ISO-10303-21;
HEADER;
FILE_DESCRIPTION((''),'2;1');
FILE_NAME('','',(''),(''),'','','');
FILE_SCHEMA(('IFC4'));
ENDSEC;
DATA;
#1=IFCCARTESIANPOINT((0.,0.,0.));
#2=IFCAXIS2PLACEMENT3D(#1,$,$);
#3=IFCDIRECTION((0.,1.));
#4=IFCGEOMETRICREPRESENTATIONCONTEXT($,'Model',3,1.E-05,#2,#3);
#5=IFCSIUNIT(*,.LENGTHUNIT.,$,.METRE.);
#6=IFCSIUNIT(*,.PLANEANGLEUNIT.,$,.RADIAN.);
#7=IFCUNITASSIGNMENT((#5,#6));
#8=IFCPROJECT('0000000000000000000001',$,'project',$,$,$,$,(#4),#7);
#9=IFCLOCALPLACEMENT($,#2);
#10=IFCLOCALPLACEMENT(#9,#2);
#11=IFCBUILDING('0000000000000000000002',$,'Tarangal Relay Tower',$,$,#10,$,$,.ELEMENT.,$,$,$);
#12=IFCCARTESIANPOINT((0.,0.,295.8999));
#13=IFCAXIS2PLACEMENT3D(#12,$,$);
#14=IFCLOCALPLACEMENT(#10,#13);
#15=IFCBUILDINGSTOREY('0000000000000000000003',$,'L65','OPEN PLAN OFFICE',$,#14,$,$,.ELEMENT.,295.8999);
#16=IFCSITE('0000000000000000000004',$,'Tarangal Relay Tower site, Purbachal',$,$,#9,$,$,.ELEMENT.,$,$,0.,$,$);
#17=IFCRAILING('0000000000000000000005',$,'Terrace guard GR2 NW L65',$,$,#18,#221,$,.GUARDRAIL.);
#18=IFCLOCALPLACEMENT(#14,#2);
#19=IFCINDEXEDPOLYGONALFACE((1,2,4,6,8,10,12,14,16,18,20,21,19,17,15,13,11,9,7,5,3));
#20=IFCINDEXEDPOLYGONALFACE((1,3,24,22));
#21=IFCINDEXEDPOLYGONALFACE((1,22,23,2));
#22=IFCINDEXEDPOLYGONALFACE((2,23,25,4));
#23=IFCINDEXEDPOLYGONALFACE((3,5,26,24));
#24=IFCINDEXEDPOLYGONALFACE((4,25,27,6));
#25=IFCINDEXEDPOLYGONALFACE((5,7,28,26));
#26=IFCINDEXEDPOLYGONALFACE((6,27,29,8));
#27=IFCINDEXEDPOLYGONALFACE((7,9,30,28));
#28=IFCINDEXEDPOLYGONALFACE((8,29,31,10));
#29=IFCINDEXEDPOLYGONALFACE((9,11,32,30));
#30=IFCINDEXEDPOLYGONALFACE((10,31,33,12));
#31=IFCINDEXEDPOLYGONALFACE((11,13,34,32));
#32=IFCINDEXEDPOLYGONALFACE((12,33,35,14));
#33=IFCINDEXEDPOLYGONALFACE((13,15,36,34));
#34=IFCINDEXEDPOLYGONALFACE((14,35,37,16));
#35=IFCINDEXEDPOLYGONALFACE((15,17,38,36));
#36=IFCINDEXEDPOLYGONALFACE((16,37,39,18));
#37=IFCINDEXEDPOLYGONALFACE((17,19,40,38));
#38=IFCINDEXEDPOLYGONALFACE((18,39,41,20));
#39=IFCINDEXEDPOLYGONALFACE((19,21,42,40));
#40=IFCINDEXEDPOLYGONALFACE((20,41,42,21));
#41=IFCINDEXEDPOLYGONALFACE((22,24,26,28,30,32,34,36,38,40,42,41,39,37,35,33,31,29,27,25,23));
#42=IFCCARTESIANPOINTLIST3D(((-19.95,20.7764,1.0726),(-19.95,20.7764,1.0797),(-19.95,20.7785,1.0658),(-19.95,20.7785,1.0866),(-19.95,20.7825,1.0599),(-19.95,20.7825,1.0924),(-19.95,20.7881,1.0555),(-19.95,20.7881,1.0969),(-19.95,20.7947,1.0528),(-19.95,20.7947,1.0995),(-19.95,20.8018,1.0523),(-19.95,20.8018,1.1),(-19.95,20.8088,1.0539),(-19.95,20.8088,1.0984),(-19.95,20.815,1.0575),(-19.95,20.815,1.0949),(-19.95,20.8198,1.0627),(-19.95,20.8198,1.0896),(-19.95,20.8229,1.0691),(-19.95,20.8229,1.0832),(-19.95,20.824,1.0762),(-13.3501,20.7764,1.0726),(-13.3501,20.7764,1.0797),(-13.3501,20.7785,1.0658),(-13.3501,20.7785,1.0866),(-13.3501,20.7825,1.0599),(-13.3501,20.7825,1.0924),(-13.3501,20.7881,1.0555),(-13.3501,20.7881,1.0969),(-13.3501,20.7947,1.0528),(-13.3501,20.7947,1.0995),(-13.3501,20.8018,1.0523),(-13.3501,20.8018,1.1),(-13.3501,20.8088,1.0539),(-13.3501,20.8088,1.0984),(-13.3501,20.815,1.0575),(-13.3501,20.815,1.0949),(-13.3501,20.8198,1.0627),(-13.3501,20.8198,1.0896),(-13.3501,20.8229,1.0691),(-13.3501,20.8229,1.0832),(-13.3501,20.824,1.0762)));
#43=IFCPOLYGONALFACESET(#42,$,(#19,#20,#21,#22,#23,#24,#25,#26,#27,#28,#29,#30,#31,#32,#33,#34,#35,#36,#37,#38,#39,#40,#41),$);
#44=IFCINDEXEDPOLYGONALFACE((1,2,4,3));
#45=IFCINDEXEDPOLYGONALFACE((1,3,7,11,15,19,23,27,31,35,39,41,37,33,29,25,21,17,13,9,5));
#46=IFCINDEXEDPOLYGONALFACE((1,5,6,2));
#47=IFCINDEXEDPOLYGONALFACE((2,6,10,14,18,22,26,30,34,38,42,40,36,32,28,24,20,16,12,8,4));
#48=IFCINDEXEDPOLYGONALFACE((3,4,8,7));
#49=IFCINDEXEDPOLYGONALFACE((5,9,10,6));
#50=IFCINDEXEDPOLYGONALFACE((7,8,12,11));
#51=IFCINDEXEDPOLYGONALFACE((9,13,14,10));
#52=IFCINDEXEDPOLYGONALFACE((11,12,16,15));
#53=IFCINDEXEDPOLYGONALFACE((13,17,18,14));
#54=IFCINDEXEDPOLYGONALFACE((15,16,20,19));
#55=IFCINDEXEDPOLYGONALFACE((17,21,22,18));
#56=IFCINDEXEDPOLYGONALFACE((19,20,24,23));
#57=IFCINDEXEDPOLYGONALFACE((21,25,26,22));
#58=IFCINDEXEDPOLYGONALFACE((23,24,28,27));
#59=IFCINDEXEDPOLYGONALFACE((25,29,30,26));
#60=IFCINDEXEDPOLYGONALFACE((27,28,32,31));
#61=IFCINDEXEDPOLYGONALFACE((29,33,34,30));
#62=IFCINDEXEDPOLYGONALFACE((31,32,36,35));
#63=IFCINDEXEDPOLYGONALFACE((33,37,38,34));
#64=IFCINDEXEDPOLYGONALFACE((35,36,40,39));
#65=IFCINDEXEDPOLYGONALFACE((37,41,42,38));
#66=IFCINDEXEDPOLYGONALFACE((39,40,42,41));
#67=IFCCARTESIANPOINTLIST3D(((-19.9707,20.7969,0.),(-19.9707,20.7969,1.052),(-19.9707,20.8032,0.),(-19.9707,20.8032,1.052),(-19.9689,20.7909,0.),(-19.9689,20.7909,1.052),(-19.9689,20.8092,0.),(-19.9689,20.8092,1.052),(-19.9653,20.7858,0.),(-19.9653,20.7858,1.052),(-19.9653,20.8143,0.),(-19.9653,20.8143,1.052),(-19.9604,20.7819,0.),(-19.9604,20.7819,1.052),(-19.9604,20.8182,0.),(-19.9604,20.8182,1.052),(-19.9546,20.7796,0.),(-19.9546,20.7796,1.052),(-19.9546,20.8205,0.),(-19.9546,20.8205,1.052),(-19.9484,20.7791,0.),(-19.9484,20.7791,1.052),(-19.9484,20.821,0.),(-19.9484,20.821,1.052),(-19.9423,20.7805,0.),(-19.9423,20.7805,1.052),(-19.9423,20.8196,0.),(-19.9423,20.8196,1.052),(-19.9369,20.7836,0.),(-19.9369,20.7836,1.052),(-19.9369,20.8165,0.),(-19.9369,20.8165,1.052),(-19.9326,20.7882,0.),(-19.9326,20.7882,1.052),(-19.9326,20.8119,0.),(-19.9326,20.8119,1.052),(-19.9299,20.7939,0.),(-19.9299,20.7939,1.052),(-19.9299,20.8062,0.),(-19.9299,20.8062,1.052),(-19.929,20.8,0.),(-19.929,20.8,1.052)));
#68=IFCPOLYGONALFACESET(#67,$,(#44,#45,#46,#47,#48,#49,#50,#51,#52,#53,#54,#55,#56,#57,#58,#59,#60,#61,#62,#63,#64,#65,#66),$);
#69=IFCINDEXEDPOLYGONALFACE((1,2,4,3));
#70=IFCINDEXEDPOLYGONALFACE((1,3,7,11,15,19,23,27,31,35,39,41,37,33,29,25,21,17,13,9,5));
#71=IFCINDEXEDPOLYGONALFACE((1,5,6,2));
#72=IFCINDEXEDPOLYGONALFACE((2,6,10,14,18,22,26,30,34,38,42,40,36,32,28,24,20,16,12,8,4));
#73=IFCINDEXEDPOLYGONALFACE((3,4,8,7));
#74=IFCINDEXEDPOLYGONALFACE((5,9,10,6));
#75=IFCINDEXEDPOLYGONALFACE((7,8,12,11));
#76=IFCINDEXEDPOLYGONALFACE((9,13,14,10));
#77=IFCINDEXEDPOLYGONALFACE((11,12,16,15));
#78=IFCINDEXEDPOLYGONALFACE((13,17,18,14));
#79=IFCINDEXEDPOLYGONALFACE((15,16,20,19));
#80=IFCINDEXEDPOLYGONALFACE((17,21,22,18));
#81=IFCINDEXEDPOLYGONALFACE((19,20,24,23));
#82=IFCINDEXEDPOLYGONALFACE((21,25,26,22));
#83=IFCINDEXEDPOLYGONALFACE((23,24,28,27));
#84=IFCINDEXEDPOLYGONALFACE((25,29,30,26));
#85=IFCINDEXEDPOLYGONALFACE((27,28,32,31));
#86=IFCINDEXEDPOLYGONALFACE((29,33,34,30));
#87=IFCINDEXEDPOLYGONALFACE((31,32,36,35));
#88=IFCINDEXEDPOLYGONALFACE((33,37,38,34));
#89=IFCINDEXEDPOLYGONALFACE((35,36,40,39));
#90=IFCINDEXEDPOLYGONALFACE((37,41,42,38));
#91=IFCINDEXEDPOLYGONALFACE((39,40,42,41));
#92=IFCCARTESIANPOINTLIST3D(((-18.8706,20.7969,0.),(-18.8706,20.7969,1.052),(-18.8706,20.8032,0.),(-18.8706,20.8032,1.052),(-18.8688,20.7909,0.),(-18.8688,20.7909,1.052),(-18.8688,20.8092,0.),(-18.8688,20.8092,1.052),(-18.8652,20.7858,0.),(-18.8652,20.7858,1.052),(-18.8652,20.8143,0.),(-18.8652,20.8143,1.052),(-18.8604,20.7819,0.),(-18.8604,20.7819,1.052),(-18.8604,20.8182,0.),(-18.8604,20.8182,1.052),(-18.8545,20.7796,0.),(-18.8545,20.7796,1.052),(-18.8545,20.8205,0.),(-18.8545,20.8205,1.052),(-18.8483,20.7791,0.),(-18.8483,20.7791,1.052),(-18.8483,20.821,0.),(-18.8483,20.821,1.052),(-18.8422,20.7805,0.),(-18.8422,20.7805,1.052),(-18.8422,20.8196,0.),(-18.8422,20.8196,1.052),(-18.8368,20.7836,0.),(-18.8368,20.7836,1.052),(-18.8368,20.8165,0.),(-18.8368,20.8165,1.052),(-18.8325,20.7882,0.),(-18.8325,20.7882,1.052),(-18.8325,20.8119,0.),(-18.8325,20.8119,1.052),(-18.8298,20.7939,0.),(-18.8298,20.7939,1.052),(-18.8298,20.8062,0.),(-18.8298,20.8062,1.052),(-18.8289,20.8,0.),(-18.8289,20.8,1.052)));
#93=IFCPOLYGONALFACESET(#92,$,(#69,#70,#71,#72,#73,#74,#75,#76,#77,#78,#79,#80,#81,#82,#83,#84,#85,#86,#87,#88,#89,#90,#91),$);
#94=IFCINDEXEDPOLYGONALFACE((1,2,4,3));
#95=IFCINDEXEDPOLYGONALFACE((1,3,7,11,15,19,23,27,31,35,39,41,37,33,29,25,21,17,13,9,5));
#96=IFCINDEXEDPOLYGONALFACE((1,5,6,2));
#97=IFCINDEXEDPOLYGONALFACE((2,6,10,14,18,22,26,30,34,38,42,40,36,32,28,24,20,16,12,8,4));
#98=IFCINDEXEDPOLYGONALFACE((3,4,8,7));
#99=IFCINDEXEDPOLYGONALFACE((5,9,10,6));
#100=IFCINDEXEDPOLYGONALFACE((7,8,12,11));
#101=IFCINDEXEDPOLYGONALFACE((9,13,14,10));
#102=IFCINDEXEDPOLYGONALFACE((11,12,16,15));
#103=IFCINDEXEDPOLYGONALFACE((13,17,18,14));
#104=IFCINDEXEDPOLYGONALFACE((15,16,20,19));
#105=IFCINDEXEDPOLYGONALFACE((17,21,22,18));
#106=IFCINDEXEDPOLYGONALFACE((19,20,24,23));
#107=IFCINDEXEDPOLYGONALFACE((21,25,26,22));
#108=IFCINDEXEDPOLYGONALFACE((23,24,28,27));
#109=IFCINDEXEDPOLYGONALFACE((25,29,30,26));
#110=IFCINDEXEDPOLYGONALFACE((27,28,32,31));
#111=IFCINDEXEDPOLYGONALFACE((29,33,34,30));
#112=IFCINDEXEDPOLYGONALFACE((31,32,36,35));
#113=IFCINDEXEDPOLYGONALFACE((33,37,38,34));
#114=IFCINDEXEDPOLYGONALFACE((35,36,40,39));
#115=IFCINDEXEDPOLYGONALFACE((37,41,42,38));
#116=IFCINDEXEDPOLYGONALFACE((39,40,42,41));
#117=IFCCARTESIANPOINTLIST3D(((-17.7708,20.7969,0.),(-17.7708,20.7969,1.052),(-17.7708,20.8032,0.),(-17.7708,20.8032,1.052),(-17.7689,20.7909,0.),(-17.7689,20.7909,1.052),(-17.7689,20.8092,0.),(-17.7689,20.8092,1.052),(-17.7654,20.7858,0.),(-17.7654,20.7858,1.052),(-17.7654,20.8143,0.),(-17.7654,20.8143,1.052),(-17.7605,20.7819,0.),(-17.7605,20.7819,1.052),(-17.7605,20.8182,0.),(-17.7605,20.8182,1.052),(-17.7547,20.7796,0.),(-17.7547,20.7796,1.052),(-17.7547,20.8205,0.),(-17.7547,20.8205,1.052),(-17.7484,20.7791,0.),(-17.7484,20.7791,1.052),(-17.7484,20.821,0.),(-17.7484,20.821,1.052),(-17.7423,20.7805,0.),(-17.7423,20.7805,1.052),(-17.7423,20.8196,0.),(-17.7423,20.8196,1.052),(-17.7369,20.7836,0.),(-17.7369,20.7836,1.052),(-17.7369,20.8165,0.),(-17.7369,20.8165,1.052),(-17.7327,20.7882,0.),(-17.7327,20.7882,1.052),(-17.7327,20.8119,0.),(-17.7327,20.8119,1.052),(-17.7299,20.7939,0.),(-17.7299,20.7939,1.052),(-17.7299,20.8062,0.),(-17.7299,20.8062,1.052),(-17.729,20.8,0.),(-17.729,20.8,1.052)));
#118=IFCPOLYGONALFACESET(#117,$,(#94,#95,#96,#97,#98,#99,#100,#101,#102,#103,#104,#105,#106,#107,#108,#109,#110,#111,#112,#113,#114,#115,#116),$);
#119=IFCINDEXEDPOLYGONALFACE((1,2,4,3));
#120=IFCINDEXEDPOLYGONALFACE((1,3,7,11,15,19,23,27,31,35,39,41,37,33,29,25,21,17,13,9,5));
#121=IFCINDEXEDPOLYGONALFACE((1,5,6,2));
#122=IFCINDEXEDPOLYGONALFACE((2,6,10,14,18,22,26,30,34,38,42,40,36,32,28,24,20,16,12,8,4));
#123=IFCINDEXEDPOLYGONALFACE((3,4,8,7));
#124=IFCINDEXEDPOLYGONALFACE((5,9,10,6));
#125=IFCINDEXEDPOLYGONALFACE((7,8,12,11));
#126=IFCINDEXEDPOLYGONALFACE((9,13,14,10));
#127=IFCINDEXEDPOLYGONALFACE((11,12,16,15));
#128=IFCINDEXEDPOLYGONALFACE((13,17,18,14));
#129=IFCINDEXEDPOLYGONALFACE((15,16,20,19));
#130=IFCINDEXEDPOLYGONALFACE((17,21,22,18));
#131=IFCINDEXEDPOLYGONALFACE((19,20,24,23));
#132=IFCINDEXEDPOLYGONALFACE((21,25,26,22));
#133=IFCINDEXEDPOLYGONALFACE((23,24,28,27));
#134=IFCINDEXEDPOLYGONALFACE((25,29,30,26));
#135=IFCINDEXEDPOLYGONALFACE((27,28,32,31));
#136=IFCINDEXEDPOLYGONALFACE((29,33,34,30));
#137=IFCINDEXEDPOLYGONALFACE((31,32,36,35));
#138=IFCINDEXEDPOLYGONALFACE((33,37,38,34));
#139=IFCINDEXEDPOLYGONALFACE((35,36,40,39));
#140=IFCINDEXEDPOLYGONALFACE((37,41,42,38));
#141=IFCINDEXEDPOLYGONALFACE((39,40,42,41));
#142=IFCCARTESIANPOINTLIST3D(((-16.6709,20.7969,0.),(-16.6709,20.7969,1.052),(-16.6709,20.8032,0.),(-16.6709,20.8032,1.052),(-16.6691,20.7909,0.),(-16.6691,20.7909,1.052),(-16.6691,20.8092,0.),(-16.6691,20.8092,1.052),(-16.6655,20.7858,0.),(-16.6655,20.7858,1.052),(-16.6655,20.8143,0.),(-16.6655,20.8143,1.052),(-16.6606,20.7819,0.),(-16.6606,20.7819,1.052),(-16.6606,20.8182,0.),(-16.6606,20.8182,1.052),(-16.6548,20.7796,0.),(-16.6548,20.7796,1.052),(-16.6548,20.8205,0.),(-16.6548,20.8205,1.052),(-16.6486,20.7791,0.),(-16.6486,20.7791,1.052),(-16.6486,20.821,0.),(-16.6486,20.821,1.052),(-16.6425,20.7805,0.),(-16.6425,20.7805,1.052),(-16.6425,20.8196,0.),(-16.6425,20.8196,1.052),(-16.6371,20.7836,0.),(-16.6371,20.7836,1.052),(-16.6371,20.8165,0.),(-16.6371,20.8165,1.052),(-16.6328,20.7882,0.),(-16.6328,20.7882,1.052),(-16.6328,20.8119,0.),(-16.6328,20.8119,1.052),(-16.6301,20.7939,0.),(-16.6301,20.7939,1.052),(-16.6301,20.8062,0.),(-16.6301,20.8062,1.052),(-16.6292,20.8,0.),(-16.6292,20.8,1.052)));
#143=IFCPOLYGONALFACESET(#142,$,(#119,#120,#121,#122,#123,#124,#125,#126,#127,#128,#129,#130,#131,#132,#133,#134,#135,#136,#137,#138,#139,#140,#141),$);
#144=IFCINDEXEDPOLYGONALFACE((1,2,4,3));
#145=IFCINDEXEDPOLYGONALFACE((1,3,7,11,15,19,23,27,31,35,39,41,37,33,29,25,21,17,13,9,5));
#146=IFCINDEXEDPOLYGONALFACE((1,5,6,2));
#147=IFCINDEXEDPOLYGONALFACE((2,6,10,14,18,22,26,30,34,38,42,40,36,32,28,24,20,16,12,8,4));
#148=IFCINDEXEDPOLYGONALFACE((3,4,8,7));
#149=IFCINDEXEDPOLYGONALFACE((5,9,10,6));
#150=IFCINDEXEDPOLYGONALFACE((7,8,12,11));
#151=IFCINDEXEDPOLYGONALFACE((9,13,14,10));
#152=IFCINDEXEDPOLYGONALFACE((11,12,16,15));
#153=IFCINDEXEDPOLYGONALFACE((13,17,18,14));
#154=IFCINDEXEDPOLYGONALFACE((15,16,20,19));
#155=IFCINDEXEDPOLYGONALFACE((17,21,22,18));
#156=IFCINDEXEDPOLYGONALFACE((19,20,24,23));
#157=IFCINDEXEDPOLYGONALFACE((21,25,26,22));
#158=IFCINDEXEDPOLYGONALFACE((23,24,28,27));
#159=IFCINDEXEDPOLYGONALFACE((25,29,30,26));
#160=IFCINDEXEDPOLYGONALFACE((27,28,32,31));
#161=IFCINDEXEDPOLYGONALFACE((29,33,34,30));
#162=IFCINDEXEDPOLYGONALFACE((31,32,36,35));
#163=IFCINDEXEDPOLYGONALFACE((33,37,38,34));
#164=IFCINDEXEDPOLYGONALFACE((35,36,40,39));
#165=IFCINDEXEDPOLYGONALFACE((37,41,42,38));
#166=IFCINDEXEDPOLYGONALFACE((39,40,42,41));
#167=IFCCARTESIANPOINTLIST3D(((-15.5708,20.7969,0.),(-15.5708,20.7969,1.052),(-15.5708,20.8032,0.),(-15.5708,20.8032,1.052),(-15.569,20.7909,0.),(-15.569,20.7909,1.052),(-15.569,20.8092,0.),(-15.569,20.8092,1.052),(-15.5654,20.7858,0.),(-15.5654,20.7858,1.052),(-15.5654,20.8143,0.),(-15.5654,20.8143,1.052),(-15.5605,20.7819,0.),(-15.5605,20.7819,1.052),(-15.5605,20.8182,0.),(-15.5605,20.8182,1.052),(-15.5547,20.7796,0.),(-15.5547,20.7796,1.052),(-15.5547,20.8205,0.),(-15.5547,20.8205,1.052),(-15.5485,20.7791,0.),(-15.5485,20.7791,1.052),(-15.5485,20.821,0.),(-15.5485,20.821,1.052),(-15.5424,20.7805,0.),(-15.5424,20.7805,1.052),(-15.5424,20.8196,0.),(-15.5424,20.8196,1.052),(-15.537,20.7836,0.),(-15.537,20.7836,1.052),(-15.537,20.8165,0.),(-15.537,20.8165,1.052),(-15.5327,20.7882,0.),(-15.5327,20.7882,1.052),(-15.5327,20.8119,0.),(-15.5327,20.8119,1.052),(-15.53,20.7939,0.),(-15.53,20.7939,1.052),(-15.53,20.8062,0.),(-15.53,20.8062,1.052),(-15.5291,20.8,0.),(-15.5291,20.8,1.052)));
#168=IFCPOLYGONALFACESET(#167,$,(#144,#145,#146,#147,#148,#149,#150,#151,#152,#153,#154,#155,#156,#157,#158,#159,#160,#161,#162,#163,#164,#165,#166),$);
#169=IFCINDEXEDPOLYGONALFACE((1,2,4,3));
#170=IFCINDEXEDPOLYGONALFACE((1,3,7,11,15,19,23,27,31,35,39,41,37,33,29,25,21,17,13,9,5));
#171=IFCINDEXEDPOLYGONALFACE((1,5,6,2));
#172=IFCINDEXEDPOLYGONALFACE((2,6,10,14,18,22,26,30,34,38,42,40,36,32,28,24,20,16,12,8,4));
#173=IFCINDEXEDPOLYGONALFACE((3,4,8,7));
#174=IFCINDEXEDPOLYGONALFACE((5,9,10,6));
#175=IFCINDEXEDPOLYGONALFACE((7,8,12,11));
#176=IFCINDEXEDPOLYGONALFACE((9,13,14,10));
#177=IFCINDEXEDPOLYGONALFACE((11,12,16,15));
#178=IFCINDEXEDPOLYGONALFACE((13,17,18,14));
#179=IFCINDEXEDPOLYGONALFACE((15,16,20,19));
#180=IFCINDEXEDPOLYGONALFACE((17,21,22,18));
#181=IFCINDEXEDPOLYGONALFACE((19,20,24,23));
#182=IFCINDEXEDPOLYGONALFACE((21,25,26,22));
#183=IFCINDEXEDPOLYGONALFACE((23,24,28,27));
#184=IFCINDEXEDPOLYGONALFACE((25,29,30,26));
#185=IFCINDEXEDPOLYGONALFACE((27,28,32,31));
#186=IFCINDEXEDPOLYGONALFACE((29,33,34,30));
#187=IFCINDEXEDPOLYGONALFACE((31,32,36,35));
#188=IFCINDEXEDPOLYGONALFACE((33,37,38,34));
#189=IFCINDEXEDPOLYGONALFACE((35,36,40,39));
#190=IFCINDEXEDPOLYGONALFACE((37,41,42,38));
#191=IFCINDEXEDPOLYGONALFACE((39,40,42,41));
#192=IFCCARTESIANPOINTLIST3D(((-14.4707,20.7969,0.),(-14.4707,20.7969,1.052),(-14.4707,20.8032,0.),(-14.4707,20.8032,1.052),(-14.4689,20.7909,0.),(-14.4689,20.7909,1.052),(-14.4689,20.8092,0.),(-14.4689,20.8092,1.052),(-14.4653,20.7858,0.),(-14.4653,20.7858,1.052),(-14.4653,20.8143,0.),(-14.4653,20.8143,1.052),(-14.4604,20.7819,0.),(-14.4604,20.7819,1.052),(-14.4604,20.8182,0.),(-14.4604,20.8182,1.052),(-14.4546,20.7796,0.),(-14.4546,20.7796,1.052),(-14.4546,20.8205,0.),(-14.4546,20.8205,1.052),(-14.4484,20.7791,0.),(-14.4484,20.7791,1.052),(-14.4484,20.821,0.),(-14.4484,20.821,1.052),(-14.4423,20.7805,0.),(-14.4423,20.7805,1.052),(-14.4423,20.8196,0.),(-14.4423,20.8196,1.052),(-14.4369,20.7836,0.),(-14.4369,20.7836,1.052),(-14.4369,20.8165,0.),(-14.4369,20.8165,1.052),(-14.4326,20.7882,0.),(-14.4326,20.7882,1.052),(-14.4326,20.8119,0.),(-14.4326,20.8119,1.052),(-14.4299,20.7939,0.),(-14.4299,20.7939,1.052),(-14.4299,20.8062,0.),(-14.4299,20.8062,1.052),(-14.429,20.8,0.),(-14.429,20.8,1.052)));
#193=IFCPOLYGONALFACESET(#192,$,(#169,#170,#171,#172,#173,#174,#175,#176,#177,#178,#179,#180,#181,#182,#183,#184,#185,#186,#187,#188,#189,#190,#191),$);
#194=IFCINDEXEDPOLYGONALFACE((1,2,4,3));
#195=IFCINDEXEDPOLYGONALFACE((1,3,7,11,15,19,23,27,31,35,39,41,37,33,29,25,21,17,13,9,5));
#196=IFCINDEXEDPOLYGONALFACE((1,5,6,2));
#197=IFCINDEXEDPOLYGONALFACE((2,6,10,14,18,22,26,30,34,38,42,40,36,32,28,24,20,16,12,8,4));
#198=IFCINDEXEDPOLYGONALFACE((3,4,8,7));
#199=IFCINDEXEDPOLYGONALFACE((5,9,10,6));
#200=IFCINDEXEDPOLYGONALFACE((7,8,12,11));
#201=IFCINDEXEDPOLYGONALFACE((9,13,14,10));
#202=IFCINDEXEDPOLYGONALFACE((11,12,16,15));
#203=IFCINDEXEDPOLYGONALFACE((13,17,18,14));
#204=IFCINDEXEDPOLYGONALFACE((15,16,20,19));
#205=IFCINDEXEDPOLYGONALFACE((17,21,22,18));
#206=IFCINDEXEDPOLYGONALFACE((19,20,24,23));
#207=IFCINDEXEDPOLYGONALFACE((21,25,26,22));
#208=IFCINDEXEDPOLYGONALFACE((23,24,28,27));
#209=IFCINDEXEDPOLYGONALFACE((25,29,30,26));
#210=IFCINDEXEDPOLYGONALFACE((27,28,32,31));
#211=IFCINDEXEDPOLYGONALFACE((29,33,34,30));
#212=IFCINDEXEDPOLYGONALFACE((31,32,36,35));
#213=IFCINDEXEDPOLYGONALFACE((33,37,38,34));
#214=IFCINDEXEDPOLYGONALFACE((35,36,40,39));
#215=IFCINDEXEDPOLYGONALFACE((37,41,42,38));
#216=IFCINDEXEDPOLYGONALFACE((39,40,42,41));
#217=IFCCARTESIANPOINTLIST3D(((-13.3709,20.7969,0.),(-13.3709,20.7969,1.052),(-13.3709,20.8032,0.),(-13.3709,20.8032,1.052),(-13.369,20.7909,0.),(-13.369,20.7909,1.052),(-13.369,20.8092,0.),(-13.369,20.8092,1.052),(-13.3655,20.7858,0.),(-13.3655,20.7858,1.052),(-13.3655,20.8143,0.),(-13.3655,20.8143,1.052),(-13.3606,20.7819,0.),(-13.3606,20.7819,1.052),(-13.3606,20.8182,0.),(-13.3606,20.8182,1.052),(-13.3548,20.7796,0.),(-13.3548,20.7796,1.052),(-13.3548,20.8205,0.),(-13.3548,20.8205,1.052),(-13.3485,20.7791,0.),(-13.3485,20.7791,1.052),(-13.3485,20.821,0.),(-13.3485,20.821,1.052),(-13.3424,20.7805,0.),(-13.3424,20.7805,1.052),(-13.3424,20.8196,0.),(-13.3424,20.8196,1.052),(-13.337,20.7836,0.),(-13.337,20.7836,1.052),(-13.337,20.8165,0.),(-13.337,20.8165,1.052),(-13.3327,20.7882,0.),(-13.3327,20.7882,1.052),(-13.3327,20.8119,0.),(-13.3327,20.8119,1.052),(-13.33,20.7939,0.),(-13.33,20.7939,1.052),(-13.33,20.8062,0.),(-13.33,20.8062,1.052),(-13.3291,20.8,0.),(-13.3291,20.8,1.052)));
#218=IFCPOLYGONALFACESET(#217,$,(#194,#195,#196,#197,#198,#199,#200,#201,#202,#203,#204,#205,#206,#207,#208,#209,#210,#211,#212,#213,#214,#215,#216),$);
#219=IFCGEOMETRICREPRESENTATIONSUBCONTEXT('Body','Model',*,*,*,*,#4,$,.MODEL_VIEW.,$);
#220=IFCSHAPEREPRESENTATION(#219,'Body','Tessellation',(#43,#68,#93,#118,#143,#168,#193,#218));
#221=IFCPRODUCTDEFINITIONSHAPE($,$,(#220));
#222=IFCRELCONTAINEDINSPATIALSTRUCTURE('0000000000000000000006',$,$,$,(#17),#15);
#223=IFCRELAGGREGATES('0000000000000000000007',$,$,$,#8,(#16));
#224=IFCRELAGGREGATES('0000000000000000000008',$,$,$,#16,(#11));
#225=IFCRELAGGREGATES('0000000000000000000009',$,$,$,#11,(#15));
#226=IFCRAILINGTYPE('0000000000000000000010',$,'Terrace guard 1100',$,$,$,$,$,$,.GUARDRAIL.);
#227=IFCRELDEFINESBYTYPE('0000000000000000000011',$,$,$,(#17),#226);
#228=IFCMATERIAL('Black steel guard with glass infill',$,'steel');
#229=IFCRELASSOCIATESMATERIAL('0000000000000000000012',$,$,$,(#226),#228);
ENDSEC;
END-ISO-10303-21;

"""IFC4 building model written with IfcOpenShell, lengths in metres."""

from ifc_helpers import new_model, si_unit, direction, frame, origin, origin_2d, place, context, subcontext, project, spatial, circle, extrude, material, type_object, element, save


model = new_model("IFC4")

# Units and contexts
model_context = context("Model", 3, precision=1e-05, world=origin(), true_north=direction((0.0, 1.0)))
body_context = subcontext(model_context, "Body", "Model", "MODEL_VIEW")
ifc_project = project(units=[si_unit("LENGTHUNIT", "METRE"), si_unit("PLANEANGLEUNIT", "RADIAN")], contexts=[model_context])

# Site, building, storey
site_placement = place(None, origin())
site = spatial("IfcSite", under=ifc_project, at=site_placement, Name="Tarangal Relay Tower site, Purbachal", CompositionType="ELEMENT", RefElevation=0.0)
building_placement = place(site_placement, origin())
building = spatial("IfcBuilding", under=site, at=building_placement, Name="Tarangal Relay Tower", CompositionType="ELEMENT")
storey_placement = place(building_placement, frame((0.0, 0.0, 295.8999)))
storey = spatial("IfcBuildingStorey", under=building, at=storey_placement, Name="L65", Description="OPEN PLAN OFFICE", CompositionType="ELEMENT", Elevation=295.8999)

# Railing
ifc_material_1 = material(Name="Black steel guard with glass infill", Category="steel")
railing_type = type_object("IfcRailingType", Name="Terrace guard 1100", PredefinedType="GUARDRAIL", material=ifc_material_1)
railing_1_placement = place(storey_placement, frame((-19.95, 20.8, 0.0)))
element("IfcRailing", 1, at=railing_1_placement, inside=storey, type_object=railing_type, Name="Terrace guard GR2 NW L65", PredefinedType="GUARDRAIL", context=body_context, shape_type="SweptSolid", body=[
    extrude(circle(Radius=0.0239, at=origin_2d()), frame((0.0, 0.0, 1.0762), z_axis=(1.0, 0.0, 0.0), x_axis=(0.0, 1.0, 0.0)), (0.0, 0.0, 1.0), 6.5999),
    extrude(circle(Radius=0.021, at=origin_2d()), origin(), (0.0, 0.0, 1.0), 1.052),
    extrude(circle(Radius=0.021, at=origin_2d()), frame((1.1001, 0.0, 0.0)), (0.0, 0.0, 1.0), 1.052),
    extrude(circle(Radius=0.021, at=origin_2d()), frame((2.2, 0.0, 0.0)), (0.0, 0.0, 1.0), 1.052),
    extrude(circle(Radius=0.021, at=origin_2d()), frame((3.2998, 0.0, 0.0)), (0.0, 0.0, 1.0), 1.052),
    extrude(circle(Radius=0.021, at=origin_2d()), frame((4.3999, 0.0, 0.0)), (0.0, 0.0, 1.0), 1.052),
    extrude(circle(Radius=0.021, at=origin_2d()), frame((5.5, 0.0, 0.0)), (0.0, 0.0, 1.0), 1.052),
    extrude(circle(Radius=0.021, at=origin_2d()), frame((6.5999, 0.0, 0.0)), (0.0, 0.0, 1.0), 1.052),
])

save(model, "model.ifc")
